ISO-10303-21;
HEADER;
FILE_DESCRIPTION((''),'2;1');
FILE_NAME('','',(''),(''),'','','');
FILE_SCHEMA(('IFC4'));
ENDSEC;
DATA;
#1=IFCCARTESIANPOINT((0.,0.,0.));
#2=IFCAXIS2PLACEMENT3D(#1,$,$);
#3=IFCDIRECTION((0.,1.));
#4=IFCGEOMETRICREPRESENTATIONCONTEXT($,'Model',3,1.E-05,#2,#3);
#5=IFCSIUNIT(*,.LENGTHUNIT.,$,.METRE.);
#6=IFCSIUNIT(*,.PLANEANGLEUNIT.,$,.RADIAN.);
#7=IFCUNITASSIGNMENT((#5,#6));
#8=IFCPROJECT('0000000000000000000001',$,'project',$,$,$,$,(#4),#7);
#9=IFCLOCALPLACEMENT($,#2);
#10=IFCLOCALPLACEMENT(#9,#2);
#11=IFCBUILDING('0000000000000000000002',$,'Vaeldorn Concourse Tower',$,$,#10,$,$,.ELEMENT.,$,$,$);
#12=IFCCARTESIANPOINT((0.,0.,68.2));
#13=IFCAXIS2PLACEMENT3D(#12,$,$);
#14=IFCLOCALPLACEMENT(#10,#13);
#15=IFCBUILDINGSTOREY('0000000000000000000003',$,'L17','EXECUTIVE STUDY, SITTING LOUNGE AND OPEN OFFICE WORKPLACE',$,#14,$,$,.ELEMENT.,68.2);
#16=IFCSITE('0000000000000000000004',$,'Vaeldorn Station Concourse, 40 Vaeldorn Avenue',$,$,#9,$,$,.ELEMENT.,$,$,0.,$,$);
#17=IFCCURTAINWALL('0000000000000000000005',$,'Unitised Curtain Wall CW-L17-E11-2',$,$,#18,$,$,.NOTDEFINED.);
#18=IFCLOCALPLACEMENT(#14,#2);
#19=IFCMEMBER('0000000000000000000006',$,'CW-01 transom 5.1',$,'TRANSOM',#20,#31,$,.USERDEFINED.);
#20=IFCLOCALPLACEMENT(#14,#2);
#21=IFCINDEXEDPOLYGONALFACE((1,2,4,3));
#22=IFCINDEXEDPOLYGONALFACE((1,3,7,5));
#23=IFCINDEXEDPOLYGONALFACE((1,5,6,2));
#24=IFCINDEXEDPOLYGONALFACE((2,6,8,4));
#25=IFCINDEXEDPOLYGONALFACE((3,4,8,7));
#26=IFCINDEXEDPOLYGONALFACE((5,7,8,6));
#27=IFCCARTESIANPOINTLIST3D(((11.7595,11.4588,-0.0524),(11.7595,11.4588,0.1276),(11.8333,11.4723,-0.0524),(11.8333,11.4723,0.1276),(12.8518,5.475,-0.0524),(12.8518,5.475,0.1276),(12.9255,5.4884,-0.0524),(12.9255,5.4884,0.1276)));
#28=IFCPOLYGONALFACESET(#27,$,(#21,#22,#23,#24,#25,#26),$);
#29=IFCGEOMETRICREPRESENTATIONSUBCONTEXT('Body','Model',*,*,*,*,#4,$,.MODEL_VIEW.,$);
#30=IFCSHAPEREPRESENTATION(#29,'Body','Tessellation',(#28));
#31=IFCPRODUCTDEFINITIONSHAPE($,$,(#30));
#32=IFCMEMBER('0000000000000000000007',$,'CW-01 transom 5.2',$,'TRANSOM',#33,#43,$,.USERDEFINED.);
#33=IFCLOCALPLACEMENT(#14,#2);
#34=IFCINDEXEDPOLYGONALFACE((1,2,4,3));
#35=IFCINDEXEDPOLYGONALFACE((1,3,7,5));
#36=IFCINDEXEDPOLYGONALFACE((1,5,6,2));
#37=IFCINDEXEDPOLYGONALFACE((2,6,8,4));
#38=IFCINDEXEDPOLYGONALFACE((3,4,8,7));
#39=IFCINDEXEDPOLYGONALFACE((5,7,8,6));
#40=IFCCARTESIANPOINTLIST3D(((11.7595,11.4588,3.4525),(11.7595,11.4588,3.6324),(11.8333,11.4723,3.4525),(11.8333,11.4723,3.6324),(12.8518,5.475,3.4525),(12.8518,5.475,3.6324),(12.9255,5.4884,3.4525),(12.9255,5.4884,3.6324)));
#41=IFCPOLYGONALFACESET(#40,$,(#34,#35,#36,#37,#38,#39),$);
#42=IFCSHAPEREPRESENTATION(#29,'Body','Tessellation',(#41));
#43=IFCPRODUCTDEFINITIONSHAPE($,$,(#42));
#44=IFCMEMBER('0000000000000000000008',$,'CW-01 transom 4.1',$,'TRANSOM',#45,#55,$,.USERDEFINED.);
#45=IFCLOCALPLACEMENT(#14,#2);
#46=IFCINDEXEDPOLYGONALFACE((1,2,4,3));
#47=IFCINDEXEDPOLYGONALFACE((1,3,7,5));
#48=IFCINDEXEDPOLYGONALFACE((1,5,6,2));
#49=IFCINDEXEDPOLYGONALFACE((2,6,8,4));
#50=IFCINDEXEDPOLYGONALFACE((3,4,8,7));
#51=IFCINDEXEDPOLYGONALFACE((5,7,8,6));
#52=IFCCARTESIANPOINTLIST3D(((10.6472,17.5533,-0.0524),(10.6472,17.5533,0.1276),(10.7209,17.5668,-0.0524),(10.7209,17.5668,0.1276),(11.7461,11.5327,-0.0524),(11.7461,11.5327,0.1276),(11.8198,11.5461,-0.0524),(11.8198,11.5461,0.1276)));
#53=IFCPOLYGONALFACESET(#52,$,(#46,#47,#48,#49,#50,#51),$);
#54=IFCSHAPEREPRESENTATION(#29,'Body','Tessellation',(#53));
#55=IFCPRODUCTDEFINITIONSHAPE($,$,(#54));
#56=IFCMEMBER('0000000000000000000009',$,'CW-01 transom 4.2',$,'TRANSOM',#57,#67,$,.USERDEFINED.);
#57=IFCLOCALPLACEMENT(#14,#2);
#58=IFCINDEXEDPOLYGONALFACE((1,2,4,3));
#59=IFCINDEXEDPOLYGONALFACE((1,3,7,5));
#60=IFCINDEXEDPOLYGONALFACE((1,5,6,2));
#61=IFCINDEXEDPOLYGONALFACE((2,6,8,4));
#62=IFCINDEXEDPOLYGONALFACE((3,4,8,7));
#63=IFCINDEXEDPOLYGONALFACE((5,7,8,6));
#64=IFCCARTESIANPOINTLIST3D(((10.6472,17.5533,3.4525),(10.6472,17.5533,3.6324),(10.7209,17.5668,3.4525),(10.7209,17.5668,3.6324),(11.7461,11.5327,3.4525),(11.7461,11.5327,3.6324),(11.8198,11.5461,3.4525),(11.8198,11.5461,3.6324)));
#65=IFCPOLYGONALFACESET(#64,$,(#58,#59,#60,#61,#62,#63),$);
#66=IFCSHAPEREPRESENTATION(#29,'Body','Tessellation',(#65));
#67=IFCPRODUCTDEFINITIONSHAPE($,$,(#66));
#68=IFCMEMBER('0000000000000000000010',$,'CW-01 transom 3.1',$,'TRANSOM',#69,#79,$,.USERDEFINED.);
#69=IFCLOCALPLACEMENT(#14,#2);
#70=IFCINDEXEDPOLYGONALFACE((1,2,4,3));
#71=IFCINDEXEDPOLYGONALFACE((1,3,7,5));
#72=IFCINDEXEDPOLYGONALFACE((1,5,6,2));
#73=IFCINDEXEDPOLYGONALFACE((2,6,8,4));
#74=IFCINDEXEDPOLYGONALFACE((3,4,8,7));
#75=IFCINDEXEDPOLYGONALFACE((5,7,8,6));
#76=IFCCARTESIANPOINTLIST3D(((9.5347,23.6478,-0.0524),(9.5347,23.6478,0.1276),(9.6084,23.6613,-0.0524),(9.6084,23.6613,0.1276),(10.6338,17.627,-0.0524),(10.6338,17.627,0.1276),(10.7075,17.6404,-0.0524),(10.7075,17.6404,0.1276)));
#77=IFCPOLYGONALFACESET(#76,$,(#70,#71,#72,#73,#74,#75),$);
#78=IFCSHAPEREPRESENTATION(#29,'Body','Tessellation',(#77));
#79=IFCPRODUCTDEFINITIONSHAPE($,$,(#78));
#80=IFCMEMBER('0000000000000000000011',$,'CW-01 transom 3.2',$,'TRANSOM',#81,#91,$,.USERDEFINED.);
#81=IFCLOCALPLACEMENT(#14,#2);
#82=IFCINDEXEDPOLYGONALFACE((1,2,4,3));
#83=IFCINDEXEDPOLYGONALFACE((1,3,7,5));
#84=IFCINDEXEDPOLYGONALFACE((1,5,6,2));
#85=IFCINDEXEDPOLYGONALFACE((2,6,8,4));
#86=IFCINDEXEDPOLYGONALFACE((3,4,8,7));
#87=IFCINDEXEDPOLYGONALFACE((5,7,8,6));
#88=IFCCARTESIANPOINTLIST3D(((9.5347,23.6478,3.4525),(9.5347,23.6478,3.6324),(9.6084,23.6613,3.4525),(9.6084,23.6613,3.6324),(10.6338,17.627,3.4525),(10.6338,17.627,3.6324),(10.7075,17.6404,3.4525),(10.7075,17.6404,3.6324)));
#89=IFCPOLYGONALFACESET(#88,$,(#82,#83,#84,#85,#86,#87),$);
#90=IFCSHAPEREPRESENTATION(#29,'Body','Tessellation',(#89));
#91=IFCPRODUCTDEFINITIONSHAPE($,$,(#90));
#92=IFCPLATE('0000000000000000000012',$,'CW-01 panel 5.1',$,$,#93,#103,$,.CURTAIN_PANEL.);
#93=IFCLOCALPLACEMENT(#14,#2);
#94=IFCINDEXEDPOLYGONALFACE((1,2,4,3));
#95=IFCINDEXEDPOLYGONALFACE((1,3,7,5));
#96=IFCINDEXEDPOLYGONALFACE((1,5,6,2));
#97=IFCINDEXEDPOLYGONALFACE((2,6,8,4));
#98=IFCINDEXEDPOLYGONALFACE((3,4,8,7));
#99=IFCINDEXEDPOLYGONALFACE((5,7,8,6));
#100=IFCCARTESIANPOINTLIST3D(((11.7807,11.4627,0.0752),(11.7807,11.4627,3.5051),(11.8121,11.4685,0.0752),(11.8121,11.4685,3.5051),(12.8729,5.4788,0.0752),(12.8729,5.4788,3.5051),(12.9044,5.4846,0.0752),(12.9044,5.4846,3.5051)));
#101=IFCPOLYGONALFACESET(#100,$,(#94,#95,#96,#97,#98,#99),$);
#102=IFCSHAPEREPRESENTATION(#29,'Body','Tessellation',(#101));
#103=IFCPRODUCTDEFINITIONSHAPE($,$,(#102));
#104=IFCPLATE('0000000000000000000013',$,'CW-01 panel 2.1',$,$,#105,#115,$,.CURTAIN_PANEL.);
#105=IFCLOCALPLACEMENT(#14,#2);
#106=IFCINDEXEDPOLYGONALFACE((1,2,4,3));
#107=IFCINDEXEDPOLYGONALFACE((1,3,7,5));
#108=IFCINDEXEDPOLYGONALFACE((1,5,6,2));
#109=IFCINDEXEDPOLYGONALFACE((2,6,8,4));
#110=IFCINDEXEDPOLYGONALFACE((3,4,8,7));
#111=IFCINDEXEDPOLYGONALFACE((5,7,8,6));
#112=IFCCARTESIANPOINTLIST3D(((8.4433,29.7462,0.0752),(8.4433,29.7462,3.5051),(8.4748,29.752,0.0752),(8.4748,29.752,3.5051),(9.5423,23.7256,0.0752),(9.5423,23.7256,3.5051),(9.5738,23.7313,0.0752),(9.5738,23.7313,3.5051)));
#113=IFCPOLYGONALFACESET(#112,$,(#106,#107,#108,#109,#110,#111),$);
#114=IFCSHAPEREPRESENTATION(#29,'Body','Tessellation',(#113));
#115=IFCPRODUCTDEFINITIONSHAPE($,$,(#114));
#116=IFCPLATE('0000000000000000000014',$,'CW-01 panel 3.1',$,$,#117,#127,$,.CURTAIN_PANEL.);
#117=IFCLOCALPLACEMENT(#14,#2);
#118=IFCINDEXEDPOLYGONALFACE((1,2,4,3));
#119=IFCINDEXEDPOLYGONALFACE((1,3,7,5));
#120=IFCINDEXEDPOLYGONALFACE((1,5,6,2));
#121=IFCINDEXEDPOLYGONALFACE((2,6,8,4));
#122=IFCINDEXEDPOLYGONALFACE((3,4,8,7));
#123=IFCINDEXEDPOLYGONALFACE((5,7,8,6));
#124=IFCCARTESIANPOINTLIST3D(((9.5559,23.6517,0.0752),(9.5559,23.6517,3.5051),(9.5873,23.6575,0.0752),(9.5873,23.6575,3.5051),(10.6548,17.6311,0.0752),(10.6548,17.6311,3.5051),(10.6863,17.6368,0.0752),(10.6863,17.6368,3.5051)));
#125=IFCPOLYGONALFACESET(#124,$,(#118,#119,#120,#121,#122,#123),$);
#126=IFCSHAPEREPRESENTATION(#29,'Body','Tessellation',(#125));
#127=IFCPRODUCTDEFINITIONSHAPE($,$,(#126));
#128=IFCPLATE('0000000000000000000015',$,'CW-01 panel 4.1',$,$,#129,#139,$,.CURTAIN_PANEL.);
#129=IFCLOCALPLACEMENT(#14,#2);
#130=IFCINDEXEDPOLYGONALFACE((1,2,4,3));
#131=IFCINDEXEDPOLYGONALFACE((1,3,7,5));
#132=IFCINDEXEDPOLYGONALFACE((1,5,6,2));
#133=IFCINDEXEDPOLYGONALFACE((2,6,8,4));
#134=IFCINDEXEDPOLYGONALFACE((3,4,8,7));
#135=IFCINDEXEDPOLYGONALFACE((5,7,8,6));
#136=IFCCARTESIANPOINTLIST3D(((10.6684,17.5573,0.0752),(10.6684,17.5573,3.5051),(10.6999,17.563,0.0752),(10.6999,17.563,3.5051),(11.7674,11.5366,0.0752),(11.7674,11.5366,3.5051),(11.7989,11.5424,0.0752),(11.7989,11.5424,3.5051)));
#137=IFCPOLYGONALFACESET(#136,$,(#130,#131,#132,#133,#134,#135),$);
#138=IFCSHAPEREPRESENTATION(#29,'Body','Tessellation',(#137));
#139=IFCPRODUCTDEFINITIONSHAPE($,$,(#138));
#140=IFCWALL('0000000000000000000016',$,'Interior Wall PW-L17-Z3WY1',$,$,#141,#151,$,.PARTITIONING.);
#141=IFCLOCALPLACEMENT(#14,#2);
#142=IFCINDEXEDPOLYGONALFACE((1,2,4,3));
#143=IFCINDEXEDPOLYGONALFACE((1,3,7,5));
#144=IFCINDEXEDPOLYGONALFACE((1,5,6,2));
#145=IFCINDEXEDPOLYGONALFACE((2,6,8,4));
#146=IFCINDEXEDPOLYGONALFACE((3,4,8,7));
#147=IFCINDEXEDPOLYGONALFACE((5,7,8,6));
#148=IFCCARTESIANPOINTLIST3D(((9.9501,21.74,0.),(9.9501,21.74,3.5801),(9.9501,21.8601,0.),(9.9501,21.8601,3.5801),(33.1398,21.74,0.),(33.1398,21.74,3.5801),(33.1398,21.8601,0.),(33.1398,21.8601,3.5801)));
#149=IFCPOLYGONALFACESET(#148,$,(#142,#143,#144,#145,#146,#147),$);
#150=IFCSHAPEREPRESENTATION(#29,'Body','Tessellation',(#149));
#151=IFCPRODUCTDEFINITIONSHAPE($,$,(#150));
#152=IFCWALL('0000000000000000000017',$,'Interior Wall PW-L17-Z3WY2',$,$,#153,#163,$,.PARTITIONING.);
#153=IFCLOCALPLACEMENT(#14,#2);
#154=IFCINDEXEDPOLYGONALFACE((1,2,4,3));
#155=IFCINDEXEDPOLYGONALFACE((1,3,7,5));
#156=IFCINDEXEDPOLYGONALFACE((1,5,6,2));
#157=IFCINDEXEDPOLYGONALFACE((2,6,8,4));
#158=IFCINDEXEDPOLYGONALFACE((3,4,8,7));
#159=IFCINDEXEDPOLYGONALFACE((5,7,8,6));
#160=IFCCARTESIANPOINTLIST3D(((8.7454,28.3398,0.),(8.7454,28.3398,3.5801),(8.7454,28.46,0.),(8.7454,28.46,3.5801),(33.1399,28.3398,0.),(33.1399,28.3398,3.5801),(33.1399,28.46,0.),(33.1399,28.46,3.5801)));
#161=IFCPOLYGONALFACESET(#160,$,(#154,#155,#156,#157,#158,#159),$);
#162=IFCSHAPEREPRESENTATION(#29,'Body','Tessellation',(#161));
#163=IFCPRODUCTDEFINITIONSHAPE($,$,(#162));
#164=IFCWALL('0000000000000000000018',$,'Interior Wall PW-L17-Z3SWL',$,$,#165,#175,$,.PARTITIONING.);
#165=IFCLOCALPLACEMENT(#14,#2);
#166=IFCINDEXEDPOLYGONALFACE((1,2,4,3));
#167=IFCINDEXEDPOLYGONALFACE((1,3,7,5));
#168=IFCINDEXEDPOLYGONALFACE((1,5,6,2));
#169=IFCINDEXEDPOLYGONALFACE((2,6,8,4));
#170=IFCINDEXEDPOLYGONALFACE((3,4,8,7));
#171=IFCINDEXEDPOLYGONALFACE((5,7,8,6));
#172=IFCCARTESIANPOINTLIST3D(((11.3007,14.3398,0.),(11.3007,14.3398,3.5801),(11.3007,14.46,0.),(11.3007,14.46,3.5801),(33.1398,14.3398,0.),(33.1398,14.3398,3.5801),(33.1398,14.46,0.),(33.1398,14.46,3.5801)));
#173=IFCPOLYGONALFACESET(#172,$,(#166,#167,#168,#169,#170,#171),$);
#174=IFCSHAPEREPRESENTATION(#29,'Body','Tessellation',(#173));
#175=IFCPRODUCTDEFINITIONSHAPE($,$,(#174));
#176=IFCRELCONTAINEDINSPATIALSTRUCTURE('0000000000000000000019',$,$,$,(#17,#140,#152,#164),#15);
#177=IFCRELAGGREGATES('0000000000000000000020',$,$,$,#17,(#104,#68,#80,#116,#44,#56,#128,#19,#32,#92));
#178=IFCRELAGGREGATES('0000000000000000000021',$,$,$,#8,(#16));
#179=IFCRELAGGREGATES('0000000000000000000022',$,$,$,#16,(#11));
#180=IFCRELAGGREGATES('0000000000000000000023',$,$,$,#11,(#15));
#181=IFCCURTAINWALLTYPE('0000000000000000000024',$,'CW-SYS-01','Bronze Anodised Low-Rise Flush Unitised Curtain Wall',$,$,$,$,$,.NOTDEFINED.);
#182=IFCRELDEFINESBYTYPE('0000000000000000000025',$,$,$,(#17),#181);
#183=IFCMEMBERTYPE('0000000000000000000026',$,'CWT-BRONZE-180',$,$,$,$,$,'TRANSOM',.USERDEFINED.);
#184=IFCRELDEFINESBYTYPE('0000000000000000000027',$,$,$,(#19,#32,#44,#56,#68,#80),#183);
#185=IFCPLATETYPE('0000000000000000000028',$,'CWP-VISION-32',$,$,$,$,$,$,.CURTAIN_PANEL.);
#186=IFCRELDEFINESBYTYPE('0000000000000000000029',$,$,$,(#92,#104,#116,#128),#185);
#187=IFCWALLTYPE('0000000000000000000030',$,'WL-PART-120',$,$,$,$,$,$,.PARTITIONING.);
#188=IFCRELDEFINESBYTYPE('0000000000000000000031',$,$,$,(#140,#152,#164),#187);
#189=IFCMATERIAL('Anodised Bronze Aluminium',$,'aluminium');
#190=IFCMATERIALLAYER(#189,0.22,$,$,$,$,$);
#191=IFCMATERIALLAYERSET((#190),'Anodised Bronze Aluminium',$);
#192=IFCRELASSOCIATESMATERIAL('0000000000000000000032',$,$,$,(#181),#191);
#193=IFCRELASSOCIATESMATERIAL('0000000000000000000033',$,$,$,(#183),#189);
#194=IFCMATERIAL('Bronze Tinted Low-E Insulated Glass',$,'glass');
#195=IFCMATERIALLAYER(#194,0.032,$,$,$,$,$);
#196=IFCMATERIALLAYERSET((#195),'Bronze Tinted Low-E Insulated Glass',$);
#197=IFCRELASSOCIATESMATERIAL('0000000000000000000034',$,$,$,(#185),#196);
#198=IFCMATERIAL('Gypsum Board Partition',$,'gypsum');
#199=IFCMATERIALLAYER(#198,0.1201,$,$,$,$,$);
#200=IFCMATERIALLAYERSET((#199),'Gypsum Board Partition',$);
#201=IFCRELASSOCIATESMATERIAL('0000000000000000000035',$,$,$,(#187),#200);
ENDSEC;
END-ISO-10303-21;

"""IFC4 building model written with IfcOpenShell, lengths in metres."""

from ifc_helpers import new_model, si_unit, direction, frame, frame_2d, origin, origin_2d, place, context, subcontext, project, spatial, rectangle, extrude, source, transform, mapped, material, layer, layer_set, material_profile, profile_set, type_object, element, aggregate, save


model = new_model("IFC4")

# Units and contexts
model_context = context("Model", 3, precision=1e-05, world=origin(), true_north=direction((0.0, 1.0)))
body_context = subcontext(model_context, "Body", "Model", "MODEL_VIEW")
ifc_project = project(units=[si_unit("LENGTHUNIT", "METRE"), si_unit("PLANEANGLEUNIT", "RADIAN")], contexts=[model_context])

# Site, building, storey
site_placement = place(None, origin())
site = spatial("IfcSite", under=ifc_project, at=site_placement, Name="Vaeldorn Station Concourse, 40 Vaeldorn Avenue", CompositionType="ELEMENT", RefElevation=0.0)
building_placement = place(site_placement, origin())
building = spatial("IfcBuilding", under=site, at=building_placement, Name="Vaeldorn Concourse Tower", CompositionType="ELEMENT")
storey_placement = place(building_placement, frame((0.0, 0.0, 68.2)))
storey = spatial("IfcBuildingStorey", under=building, at=storey_placement, Name="L17", Description="EXECUTIVE STUDY, SITTING LOUNGE AND OPEN OFFICE WORKPLACE", CompositionType="ELEMENT", Elevation=68.2)

# Curtain wall, members, plates
ifc_material_1 = material(Name="Anodised Bronze Aluminium", Category="aluminium")
ifc_layer_1 = layer(ifc_material_1, 0.22)
ifc_layer_set_1 = layer_set([ifc_layer_1], Name="Anodised Bronze Aluminium")
curtain_wall_type = type_object("IfcCurtainWallType", Name="CW-SYS-01", Description="Bronze Anodised Low-Rise Flush Unitised Curtain Wall", PredefinedType="NOTDEFINED", material=ifc_layer_set_1)
curtain_wall_placement = place(storey_placement, origin())
curtain_wall = element("IfcCurtainWall", 1, at=curtain_wall_placement, inside=storey, type_object=curtain_wall_type, Name="Unitised Curtain Wall CW-L17-E11-2", PredefinedType="NOTDEFINED")
ifc_material_profile_1 = material_profile(ifc_material_1, rectangle(XDim=0.075, YDim=0.1799, at=origin_2d()), Name="CWT 75x180")
ifc_profile_set_1 = profile_set([ifc_material_profile_1], Name="Anodised Bronze Aluminium")
member_type_1 = type_object("IfcMemberType", Name="CWT-BRONZE-180", ElementType="TRANSOM", PredefinedType="USERDEFINED", material=ifc_profile_set_1)
shared_shape_1 = source(origin(), body_context, "Body", "SweptSolid", [
    extrude(rectangle(XDim=0.075, YDim=0.1799, at=origin_2d()), origin(), (0.0, 0.0, 1.0), 6.0828),
])
member_1_placement = place(storey_placement, frame((11.7964, 11.4656, 0.0376), z_axis=(0.179571, -0.983745, 0.0), x_axis=(0.983745, 0.179571, 0.0)))
member_1 = element("IfcMember", 2, at=member_1_placement, type_object=member_type_1, Name="CW-01 transom 5.1", ObjectType="TRANSOM", PredefinedType="USERDEFINED", context=body_context, shape_type="MappedRepresentation", body=[
    mapped(shared_shape_1, transform((0.0, 0.0, 0.0), scale=1.0)),
])
member_2_placement = place(storey_placement, frame((11.7964, 11.4656, 3.5425), z_axis=(0.179571, -0.983745, 0.0), x_axis=(0.983745, 0.179571, 0.0)))
member_2 = element("IfcMember", 3, at=member_2_placement, type_object=member_type_1, Name="CW-01 transom 5.2", ObjectType="TRANSOM", PredefinedType="USERDEFINED", context=body_context, shape_type="MappedRepresentation", body=[
    mapped(shared_shape_1, transform((0.0, 0.0, 0.0), scale=1.0)),
])
shared_shape_2 = source(origin(), body_context, "Body", "SweptSolid", [
    extrude(rectangle(XDim=0.075, YDim=0.1799, at=origin_2d()), origin(), (0.0, 0.0, 1.0), 6.1201),
])
member_3_placement = place(storey_placement, frame((10.6841, 17.5601, 0.0376), z_axis=(0.179549, -0.983749, 0.0), x_axis=(0.983749, 0.179549, 0.0)))
member_3 = element("IfcMember", 4, at=member_3_placement, type_object=member_type_1, Name="CW-01 transom 4.1", ObjectType="TRANSOM", PredefinedType="USERDEFINED", context=body_context, shape_type="MappedRepresentation", body=[
    mapped(shared_shape_2, transform((0.0, 0.0, 0.0), scale=1.0)),
])
member_4_placement = place(storey_placement, frame((10.6841, 17.5601, 3.5425), z_axis=(0.179549, -0.983749, 0.0), x_axis=(0.983749, 0.179549, 0.0)))
member_4 = element("IfcMember", 5, at=member_4_placement, type_object=member_type_1, Name="CW-01 transom 4.2", ObjectType="TRANSOM", PredefinedType="USERDEFINED", context=body_context, shape_type="MappedRepresentation", body=[
    mapped(shared_shape_2, transform((0.0, 0.0, 0.0), scale=1.0)),
])
shared_shape_3 = source(origin(), body_context, "Body", "SweptSolid", [
    extrude(rectangle(XDim=0.075, YDim=0.1799, at=origin_2d()), origin(), (0.0, 0.0, 1.0), 6.1204),
])
member_5_placement = place(storey_placement, frame((9.5715, 23.6545, 0.0376), z_axis=(0.179587, -0.983742, 0.0), x_axis=(0.983742, 0.179587, 0.0)))
member_5 = element("IfcMember", 6, at=member_5_placement, type_object=member_type_1, Name="CW-01 transom 3.1", ObjectType="TRANSOM", PredefinedType="USERDEFINED", context=body_context, shape_type="MappedRepresentation", body=[
    mapped(shared_shape_3, transform((0.0, 0.0, 0.0), scale=1.0)),
])
member_6_placement = place(storey_placement, frame((9.5715, 23.6545, 3.5425), z_axis=(0.179587, -0.983742, 0.0), x_axis=(0.983742, 0.179587, 0.0)))
member_6 = element("IfcMember", 7, at=member_6_placement, type_object=member_type_1, Name="CW-01 transom 3.2", ObjectType="TRANSOM", PredefinedType="USERDEFINED", context=body_context, shape_type="MappedRepresentation", body=[
    mapped(shared_shape_3, transform((0.0, 0.0, 0.0), scale=1.0)),
])
ifc_material_2 = material(Name="Bronze Tinted Low-E Insulated Glass", Category="glass")
ifc_layer_2 = layer(ifc_material_2, 0.032)
ifc_layer_set_2 = layer_set([ifc_layer_2], Name="Bronze Tinted Low-E Insulated Glass")
plate_type = type_object("IfcPlateType", Name="CWP-VISION-32", PredefinedType="CURTAIN_PANEL", material=ifc_layer_set_2)
shared_shape_4 = source(origin(), body_context, "Body", "SweptSolid", [
    extrude(rectangle(XDim=6.0828, YDim=0.032, at=origin_2d()), origin(), (0.0, 0.0, 1.0), 3.4299),
])
plate_1_placement = place(storey_placement, frame((12.3425, 8.4736, 0.0752), z_axis=(0.0, 0.0, 1.0), x_axis=(0.179565, -0.983746, 0.0)))
plate_1 = element("IfcPlate", 8, at=plate_1_placement, type_object=plate_type, Name="CW-01 panel 5.1", PredefinedType="CURTAIN_PANEL", context=body_context, shape_type="MappedRepresentation", body=[
    mapped(shared_shape_4, transform((0.0, 0.0, 0.0), scale=1.0)),
])
shared_shape_5 = source(origin(), body_context, "Body", "SweptSolid", [
    extrude(rectangle(XDim=6.1201, YDim=0.032, at=origin_2d()), origin(), (0.0, 0.0, 1.0), 3.4299),
])
plate_2_placement = place(storey_placement, frame((9.0085, 26.7388, 0.0752), z_axis=(0.0, 0.0, 1.0), x_axis=(0.179565, -0.983746, 0.0)))
plate_2 = element("IfcPlate", 9, at=plate_2_placement, type_object=plate_type, Name="CW-01 panel 2.1", PredefinedType="CURTAIN_PANEL", context=body_context, shape_type="MappedRepresentation", body=[
    mapped(shared_shape_5, transform((0.0, 0.0, 0.0), scale=1.0)),
])
plate_3_placement = place(storey_placement, frame((10.1211, 20.6443, 0.0752), z_axis=(0.0, 0.0, 1.0), x_axis=(0.179565, -0.983746, 0.0)))
plate_3 = element("IfcPlate", 10, at=plate_3_placement, type_object=plate_type, Name="CW-01 panel 3.1", PredefinedType="CURTAIN_PANEL", context=body_context, shape_type="MappedRepresentation", body=[
    mapped(shared_shape_5, transform((0.0, 0.0, 0.0), scale=1.0)),
])
plate_4_placement = place(storey_placement, frame((11.2336, 14.5498, 0.0752), z_axis=(0.0, 0.0, 1.0), x_axis=(0.179565, -0.983746, 0.0)))
plate_4 = element("IfcPlate", 11, at=plate_4_placement, type_object=plate_type, Name="CW-01 panel 4.1", PredefinedType="CURTAIN_PANEL", context=body_context, shape_type="MappedRepresentation", body=[
    mapped(shared_shape_5, transform((0.0, 0.0, 0.0), scale=1.0)),
])
aggregate(curtain_wall, [plate_2, member_5, member_6, plate_3, member_3, member_4, plate_4, member_1, member_2, plate_1])

# Walls
ifc_material_3 = material(Name="Gypsum Board Partition", Category="gypsum")
ifc_layer_3 = layer(ifc_material_3, 0.1201)
ifc_layer_set_3 = layer_set([ifc_layer_3], Name="Gypsum Board Partition")
wall_type = type_object("IfcWallType", Name="WL-PART-120", PredefinedType="PARTITIONING", material=ifc_layer_set_3)
wall_1_placement = place(storey_placement, frame((9.9502, 21.8, 0.0), z_axis=(0.0, 0.0, 1.0), x_axis=(1.0, 0.0, 0.0)))
element("IfcWall", 12, at=wall_1_placement, inside=storey, type_object=wall_type, Name="Interior Wall PW-L17-Z3WY1", PredefinedType="PARTITIONING", context=body_context, shape_type="SweptSolid", body=[
    extrude(rectangle(XDim=23.1897, YDim=0.1201, at=frame_2d((11.5947, 0.0))), origin(), (0.0, 0.0, 1.0), 3.5801),
])
wall_2_placement = place(storey_placement, frame((8.7454, 28.3999, 0.0), z_axis=(0.0, 0.0, 1.0), x_axis=(1.0, 0.0, 0.0)))
element("IfcWall", 13, at=wall_2_placement, inside=storey, type_object=wall_type, Name="Interior Wall PW-L17-Z3WY2", PredefinedType="PARTITIONING", context=body_context, shape_type="SweptSolid", body=[
    extrude(rectangle(XDim=24.3945, YDim=0.1201, at=frame_2d((12.1973, 0.0))), origin(), (0.0, 0.0, 1.0), 3.5801),
])
wall_3_placement = place(storey_placement, frame((11.3008, 14.3999, 0.0), z_axis=(0.0, 0.0, 1.0), x_axis=(1.0, 0.0, 0.0)))
element("IfcWall", 14, at=wall_3_placement, inside=storey, type_object=wall_type, Name="Interior Wall PW-L17-Z3SWL", PredefinedType="PARTITIONING", context=body_context, shape_type="SweptSolid", body=[
    extrude(rectangle(XDim=21.8391, YDim=0.1201, at=frame_2d((10.9194, 0.0))), origin(), (0.0, 0.0, 1.0), 3.5801),
])

save(model, "model.ifc")
